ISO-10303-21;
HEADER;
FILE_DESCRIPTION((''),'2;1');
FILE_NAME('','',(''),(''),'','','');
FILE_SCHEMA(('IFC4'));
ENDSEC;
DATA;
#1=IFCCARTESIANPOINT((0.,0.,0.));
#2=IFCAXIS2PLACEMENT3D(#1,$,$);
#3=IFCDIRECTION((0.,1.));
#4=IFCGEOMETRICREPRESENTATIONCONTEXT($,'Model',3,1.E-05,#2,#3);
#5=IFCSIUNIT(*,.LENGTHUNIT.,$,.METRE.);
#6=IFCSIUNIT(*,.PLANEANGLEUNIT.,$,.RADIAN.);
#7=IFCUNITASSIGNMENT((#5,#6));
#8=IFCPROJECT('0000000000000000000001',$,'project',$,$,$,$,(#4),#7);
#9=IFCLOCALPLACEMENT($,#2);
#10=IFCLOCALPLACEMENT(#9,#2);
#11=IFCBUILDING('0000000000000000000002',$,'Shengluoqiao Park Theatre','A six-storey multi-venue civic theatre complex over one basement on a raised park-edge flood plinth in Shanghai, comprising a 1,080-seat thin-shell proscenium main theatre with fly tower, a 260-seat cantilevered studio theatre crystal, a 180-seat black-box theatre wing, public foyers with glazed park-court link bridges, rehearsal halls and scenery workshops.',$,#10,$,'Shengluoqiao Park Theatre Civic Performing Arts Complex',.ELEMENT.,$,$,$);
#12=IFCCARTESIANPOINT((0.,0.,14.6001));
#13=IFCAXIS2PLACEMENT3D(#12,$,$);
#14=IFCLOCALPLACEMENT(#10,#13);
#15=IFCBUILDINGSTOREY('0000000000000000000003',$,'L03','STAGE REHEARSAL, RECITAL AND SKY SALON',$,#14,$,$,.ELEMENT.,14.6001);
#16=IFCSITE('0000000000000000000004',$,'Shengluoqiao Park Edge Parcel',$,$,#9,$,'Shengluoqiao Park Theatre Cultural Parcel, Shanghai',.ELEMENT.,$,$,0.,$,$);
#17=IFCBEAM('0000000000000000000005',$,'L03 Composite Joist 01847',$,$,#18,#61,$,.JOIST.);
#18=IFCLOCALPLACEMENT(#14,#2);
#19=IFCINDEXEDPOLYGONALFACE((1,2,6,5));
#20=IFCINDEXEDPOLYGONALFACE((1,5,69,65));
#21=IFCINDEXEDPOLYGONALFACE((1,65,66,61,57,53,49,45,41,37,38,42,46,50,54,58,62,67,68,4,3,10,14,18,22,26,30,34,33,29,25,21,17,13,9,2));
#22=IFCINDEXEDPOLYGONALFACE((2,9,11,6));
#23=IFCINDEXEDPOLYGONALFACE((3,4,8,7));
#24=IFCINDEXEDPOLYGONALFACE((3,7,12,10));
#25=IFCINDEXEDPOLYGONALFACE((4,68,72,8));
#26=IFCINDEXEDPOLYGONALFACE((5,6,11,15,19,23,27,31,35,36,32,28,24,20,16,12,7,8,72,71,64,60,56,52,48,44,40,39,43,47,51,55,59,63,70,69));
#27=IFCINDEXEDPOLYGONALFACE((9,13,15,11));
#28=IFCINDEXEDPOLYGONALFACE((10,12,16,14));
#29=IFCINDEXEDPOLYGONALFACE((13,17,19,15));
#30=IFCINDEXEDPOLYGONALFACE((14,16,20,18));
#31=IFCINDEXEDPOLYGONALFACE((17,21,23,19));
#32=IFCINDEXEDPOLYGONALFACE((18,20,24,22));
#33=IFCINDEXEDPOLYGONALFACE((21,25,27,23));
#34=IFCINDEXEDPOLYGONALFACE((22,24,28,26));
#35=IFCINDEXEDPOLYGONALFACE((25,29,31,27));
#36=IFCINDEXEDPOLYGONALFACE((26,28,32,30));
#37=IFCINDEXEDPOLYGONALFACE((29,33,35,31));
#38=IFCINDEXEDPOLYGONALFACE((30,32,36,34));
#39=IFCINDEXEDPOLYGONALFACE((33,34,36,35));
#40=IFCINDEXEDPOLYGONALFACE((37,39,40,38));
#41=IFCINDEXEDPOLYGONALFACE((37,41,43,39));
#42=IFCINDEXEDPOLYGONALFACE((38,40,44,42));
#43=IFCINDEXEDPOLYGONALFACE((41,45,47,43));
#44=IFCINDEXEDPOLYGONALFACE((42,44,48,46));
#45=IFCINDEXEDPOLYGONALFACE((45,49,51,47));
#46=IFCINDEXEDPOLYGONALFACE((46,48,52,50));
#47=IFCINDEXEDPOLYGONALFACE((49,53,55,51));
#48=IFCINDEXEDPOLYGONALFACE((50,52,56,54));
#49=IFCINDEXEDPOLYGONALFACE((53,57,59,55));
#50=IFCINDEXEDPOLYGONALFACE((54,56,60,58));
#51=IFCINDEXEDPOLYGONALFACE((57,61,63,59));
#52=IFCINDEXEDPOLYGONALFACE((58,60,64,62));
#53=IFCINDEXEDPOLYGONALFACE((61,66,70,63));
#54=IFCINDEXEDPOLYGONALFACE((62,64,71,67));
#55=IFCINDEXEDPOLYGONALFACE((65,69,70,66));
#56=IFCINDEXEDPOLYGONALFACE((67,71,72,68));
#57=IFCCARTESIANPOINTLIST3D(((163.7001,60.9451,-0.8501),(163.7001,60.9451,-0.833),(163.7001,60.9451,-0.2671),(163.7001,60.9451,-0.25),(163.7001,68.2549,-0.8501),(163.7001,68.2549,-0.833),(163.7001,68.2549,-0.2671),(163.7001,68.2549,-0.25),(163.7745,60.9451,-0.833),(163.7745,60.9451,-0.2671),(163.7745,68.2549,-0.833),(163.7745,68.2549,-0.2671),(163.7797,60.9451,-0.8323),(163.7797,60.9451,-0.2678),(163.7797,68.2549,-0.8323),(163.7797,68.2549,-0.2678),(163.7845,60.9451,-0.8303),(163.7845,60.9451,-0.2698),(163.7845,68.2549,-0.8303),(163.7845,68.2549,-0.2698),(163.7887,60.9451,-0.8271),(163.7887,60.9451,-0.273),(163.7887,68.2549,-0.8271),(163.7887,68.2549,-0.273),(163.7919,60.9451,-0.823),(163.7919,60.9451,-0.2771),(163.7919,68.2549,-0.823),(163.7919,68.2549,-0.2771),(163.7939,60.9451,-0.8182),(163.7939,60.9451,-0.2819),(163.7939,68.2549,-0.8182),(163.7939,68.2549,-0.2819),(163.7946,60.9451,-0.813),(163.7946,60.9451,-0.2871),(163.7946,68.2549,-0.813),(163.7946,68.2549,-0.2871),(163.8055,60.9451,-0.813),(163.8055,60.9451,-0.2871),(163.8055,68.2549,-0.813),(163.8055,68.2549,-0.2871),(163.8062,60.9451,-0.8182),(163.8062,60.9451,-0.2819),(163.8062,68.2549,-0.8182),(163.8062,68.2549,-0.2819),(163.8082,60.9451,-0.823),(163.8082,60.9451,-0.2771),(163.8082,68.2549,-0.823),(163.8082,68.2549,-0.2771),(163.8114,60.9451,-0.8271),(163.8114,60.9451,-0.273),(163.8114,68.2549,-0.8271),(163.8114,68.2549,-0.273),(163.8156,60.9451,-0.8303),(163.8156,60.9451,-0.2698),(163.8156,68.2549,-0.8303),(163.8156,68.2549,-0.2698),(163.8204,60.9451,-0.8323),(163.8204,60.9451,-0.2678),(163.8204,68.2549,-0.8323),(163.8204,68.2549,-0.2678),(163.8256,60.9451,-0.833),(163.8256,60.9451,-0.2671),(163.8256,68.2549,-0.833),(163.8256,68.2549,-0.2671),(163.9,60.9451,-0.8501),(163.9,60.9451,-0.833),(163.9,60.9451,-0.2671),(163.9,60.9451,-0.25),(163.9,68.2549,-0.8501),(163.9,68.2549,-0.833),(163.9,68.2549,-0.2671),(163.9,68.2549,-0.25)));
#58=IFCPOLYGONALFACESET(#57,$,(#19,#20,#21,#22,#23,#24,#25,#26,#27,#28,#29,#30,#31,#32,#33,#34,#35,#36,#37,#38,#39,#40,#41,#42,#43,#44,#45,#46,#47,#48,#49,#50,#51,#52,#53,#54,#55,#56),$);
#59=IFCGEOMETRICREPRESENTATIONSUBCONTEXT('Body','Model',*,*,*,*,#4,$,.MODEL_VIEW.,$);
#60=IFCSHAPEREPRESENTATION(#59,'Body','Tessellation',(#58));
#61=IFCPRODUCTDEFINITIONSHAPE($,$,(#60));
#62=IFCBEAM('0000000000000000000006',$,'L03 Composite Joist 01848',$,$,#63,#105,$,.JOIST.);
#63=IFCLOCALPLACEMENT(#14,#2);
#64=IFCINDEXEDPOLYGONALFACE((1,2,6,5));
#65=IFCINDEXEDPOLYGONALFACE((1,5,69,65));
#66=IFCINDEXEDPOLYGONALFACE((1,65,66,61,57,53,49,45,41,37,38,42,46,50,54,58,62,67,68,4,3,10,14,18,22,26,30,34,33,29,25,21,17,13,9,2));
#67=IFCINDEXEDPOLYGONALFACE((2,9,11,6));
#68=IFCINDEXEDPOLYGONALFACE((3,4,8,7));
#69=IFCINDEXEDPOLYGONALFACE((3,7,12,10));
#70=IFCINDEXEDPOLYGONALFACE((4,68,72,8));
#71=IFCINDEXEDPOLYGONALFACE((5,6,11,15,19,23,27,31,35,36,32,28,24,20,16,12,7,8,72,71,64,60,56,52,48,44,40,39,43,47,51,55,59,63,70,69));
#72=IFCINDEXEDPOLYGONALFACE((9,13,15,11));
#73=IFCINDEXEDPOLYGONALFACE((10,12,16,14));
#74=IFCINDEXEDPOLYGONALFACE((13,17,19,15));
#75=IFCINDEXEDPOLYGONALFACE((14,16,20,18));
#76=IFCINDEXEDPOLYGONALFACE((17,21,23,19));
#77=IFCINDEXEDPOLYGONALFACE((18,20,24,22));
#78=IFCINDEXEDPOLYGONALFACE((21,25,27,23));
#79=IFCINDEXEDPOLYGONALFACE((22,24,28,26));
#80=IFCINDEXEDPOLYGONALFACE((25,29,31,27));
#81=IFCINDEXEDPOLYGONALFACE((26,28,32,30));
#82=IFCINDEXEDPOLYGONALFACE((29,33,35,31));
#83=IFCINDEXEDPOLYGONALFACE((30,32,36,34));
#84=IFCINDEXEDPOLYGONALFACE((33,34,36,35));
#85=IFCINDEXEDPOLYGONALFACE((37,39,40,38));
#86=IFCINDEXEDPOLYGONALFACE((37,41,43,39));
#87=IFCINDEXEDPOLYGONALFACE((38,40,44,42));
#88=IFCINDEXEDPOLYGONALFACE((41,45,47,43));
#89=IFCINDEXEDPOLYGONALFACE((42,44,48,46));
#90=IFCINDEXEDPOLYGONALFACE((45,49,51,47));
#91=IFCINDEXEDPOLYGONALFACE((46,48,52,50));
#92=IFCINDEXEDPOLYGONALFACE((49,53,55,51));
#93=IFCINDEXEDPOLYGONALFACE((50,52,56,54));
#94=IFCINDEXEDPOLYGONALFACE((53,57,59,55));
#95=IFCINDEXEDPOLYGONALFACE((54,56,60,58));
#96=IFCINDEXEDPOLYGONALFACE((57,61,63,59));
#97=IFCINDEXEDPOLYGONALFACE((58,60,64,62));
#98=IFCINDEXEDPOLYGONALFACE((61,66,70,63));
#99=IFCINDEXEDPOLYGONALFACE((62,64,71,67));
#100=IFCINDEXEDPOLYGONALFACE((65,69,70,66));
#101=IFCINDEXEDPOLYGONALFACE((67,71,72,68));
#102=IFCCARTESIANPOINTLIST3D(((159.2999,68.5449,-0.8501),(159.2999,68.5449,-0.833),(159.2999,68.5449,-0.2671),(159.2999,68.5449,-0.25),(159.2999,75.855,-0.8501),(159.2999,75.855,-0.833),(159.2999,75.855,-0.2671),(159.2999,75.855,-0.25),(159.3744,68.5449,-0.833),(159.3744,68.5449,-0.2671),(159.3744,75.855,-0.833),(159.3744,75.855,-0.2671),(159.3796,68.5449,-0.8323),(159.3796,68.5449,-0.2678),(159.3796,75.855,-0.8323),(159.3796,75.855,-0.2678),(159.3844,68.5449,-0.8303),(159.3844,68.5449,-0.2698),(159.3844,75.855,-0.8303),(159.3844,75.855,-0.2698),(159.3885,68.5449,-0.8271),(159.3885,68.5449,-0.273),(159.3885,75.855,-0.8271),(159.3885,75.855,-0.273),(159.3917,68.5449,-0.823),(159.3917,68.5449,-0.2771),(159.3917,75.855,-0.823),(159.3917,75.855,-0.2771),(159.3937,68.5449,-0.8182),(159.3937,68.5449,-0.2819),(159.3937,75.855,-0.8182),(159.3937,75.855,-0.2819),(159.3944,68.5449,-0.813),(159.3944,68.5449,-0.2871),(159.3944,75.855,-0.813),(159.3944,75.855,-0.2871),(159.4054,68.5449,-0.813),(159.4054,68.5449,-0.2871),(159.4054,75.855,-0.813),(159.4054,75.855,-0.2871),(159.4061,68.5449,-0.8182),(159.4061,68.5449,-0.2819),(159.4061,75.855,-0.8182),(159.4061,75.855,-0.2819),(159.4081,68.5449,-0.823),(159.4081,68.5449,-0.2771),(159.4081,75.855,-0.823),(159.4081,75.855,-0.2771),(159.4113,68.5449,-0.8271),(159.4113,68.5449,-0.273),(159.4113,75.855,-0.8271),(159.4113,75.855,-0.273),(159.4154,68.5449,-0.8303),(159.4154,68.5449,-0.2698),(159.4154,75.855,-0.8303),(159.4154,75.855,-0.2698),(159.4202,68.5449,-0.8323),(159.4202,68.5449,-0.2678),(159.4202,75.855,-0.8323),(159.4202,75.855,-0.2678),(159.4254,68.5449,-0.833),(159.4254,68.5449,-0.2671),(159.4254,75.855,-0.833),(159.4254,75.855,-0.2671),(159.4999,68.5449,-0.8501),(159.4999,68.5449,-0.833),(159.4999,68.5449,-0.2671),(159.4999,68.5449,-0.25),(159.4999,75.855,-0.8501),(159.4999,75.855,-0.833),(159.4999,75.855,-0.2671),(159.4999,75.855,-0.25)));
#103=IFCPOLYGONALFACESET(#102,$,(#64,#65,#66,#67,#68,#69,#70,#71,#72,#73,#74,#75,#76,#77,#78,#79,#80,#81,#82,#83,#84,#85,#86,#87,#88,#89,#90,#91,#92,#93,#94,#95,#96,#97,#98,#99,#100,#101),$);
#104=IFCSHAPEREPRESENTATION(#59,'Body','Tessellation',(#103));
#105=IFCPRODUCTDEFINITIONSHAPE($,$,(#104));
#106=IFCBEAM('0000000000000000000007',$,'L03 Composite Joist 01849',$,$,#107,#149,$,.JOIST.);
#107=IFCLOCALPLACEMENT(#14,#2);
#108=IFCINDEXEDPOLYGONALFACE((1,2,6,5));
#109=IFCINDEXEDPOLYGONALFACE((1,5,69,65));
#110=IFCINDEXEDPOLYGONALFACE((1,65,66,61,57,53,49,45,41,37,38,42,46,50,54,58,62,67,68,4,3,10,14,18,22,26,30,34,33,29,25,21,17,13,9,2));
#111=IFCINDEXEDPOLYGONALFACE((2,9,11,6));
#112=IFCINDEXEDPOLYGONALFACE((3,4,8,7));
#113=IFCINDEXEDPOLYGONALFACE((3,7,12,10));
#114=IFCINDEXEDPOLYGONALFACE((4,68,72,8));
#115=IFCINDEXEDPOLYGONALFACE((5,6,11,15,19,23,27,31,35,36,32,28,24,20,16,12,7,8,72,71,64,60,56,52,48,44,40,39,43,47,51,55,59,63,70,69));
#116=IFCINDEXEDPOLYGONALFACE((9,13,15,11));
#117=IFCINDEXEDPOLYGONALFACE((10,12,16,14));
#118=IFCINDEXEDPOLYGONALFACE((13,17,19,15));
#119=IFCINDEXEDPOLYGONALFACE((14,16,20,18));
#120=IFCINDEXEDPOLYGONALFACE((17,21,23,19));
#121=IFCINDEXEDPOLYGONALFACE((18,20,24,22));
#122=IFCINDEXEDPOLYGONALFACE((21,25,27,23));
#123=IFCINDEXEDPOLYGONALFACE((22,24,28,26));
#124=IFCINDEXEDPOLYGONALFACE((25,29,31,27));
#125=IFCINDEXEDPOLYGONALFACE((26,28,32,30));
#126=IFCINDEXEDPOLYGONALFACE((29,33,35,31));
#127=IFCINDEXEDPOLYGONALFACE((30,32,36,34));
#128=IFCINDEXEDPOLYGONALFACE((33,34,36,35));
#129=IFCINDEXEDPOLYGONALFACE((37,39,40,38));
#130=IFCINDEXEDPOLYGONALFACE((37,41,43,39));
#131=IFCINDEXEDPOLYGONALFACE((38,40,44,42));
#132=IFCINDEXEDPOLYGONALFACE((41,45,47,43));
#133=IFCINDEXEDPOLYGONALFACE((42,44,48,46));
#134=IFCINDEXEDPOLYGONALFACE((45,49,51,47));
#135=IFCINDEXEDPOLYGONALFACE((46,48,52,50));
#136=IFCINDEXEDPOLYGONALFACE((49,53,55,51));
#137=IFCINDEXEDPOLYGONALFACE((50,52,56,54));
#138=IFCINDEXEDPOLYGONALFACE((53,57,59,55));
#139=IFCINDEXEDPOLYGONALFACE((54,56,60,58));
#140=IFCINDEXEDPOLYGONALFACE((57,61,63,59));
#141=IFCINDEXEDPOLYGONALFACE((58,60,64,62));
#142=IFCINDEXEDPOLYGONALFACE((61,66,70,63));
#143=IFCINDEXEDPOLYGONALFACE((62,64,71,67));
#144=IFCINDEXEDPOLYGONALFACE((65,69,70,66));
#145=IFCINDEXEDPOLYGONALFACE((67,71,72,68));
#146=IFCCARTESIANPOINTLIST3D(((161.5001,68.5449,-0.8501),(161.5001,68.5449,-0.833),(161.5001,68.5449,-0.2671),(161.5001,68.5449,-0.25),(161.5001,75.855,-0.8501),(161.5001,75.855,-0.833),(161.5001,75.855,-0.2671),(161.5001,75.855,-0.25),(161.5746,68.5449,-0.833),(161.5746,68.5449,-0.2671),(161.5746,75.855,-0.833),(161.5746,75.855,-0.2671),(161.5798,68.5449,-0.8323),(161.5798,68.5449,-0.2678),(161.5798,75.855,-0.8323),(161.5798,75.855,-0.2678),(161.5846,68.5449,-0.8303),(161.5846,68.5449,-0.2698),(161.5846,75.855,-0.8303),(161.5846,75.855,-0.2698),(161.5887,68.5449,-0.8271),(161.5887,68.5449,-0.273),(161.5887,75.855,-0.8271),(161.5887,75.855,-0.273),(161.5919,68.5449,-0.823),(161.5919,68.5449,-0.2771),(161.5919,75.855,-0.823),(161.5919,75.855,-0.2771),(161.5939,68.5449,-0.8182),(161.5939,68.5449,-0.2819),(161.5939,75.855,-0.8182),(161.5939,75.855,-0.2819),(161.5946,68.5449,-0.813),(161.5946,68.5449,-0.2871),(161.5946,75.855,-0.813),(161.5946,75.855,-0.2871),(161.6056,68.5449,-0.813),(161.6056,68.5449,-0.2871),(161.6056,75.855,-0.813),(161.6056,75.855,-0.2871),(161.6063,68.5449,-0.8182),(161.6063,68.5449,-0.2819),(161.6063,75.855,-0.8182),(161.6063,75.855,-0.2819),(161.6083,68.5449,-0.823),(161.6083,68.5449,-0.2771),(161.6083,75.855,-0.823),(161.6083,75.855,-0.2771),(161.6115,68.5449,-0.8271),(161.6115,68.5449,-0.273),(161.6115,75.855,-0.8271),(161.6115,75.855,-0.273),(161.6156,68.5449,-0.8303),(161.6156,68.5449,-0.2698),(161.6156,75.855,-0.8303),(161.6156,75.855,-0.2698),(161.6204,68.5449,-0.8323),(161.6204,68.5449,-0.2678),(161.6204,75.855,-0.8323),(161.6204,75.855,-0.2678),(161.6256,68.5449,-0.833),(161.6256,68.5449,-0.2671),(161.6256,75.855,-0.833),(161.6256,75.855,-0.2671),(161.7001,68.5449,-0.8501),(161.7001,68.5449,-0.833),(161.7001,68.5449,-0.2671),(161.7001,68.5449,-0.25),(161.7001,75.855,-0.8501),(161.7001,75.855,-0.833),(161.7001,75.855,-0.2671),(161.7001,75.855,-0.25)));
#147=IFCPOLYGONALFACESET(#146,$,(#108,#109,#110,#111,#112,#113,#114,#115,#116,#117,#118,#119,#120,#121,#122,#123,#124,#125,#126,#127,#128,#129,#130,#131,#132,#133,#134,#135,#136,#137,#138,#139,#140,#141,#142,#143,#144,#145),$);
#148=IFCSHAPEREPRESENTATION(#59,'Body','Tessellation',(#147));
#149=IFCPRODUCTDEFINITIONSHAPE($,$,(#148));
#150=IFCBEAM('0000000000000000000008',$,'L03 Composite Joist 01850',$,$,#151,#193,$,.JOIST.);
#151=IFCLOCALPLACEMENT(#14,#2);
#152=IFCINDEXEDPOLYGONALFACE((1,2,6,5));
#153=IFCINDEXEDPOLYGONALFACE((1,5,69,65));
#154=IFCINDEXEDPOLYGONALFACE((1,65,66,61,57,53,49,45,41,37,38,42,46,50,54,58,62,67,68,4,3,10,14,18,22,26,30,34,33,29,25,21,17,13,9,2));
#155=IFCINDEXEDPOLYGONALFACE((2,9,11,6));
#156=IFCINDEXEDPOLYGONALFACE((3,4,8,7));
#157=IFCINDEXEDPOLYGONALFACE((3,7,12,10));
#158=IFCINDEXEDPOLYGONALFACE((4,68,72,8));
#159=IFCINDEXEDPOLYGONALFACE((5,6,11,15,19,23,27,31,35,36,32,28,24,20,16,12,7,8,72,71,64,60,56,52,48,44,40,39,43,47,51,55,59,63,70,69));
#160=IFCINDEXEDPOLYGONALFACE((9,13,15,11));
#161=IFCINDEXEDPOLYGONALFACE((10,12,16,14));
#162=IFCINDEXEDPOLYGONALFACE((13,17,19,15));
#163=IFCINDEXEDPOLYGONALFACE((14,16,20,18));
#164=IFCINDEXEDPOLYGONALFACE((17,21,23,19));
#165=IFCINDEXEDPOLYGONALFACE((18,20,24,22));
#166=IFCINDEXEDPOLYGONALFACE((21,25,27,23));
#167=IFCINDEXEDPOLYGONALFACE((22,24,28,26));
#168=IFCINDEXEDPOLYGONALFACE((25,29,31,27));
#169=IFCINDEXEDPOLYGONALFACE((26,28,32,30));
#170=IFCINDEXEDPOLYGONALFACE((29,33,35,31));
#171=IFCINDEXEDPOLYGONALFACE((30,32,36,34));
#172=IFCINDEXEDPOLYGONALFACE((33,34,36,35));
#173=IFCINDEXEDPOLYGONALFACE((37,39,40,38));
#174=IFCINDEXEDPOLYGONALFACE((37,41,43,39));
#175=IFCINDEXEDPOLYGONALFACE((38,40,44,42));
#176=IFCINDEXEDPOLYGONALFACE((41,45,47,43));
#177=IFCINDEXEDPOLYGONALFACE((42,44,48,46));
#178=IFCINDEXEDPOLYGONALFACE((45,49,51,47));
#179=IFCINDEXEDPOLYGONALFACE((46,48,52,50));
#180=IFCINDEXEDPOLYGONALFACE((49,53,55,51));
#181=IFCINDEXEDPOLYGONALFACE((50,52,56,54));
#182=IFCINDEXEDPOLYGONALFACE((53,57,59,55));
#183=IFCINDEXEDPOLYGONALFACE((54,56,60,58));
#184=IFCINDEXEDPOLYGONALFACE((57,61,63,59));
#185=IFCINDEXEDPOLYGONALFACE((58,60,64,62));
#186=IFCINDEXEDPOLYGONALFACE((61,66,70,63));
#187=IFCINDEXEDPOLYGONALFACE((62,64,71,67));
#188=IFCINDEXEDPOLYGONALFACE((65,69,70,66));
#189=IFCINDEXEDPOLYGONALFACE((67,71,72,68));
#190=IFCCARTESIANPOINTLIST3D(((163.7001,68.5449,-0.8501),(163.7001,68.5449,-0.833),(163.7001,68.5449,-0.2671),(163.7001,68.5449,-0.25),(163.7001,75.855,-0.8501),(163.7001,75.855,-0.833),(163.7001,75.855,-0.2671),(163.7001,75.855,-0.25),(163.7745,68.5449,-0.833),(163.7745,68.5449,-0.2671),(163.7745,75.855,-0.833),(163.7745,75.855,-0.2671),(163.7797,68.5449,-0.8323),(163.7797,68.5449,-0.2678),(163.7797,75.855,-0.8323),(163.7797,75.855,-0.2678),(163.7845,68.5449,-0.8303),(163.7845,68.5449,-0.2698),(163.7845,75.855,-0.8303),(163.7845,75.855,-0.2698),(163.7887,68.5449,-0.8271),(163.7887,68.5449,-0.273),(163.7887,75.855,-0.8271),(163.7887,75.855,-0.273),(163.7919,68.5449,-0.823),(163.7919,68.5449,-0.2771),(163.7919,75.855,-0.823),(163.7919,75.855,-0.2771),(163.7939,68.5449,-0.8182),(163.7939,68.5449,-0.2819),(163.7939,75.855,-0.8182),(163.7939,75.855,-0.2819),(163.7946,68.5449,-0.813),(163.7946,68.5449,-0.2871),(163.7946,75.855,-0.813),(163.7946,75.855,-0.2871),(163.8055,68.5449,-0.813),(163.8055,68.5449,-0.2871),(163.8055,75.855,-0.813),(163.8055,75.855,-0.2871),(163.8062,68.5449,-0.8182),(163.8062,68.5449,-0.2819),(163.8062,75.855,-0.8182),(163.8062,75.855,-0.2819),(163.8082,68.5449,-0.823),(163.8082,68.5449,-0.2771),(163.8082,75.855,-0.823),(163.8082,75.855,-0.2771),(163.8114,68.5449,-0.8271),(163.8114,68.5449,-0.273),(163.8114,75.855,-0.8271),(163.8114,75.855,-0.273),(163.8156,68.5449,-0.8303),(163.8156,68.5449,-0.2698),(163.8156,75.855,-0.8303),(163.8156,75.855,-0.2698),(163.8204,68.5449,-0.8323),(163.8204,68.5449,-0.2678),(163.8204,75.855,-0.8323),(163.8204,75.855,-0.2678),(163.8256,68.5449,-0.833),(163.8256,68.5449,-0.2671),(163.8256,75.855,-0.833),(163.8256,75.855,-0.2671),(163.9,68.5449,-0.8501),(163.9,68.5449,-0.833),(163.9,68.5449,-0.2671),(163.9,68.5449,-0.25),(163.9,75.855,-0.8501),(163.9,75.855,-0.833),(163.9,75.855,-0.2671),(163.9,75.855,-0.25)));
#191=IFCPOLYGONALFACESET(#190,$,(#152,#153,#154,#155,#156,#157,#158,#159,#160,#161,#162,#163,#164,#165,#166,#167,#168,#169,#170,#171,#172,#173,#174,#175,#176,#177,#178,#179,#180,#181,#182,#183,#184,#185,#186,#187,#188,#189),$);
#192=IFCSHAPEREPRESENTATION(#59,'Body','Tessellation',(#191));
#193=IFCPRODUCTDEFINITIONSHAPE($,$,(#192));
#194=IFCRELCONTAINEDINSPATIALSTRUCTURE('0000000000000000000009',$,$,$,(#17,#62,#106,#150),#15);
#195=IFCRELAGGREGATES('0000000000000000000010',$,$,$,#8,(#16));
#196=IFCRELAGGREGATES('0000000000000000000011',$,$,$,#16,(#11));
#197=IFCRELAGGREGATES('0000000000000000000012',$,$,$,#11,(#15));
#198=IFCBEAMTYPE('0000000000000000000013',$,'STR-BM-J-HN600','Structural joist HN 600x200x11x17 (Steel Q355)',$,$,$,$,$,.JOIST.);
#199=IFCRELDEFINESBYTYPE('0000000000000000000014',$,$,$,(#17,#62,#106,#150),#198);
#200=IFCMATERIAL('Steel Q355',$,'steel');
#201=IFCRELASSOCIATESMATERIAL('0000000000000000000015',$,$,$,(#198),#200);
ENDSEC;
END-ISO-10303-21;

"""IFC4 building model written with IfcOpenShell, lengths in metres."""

from ifc_helpers import new_model, si_unit, direction, frame, origin, origin_2d, place, context, subcontext, project, spatial, i_section, extrude, material, material_profile, profile_set, type_object, element, save


model = new_model("IFC4")

# Units and contexts
model_context = context("Model", 3, precision=1e-05, world=origin(), true_north=direction((0.0, 1.0)))
body_context = subcontext(model_context, "Body", "Model", "MODEL_VIEW")
ifc_project = project(units=[si_unit("LENGTHUNIT", "METRE"), si_unit("PLANEANGLEUNIT", "RADIAN")], contexts=[model_context])

# Site, building, storey
site_placement = place(None, origin())
site = spatial("IfcSite", under=ifc_project, at=site_placement, Name="Shengluoqiao Park Edge Parcel", LongName="Shengluoqiao Park Theatre Cultural Parcel, Shanghai", CompositionType="ELEMENT", RefElevation=0.0)
building_placement = place(site_placement, origin())
building = spatial("IfcBuilding", under=site, at=building_placement, Name="Shengluoqiao Park Theatre", Description="A six-storey multi-venue civic theatre complex over one basement on a raised park-edge flood plinth in Shanghai, comprising a 1,080-seat thin-shell proscenium main theatre with fly tower, a 260-seat cantilevered studio theatre crystal, a 180-seat black-box theatre wing, public foyers with glazed park-court link bridges, rehearsal halls and scenery workshops.", LongName="Shengluoqiao Park Theatre Civic Performing Arts Complex", CompositionType="ELEMENT")
storey_placement = place(building_placement, frame((0.0, 0.0, 14.6001)))
storey = spatial("IfcBuildingStorey", under=building, at=storey_placement, Name="L03", Description="STAGE REHEARSAL, RECITAL AND SKY SALON", CompositionType="ELEMENT", Elevation=14.6001)

# Beams
ifc_material = material(Name="Steel Q355", Category="steel")
ifc_material_profile_1 = material_profile(ifc_material, i_section(OverallWidth=0.2, OverallDepth=0.6001, WebThickness=0.011, FlangeThickness=0.0171, FilletRadius=0.02, at=origin_2d()), Name="HN 600x200x11x17")
ifc_profile_set_1 = profile_set([ifc_material_profile_1], Name="Steel Q355")
beam_type_1 = type_object("IfcBeamType", Name="STR-BM-J-HN600", Description="Structural joist HN 600x200x11x17 (Steel Q355)", PredefinedType="JOIST", material=ifc_profile_set_1)
for number, where, z_axis, x_axis, name in (
    (1, (163.8, 60.9451, -0.55), (0.0, 1.0, 0.0), (-1.0, 0.0, 0.0), "L03 Composite Joist 01847"),
):
    element("IfcBeam", number, at=place(storey_placement, frame(where, z_axis=z_axis, x_axis=x_axis)), inside=storey, type_object=beam_type_1, Name=name, PredefinedType="JOIST", context=body_context, shape_type="SweptSolid", body=[
        extrude(i_section(OverallWidth=0.2, OverallDepth=0.6001, WebThickness=0.011, FlangeThickness=0.0171, FilletRadius=0.02, at=origin_2d()), origin(), (0.0, 0.0, 1.0), 7.3098),
    ])
for number, where, z_axis, x_axis, name in (
    (2, (159.3999, 68.5449, -0.55), (0.0, 1.0, 0.0), (-1.0, 0.0, 0.0), "L03 Composite Joist 01848"),
    (3, (161.6001, 68.5449, -0.55), (0.0, 1.0, 0.0), (-1.0, 0.0, 0.0), "L03 Composite Joist 01849"),
    (4, (163.8, 68.5449, -0.55), (0.0, 1.0, 0.0), (-1.0, 0.0, 0.0), "L03 Composite Joist 01850"),
):
    element("IfcBeam", number, at=place(storey_placement, frame(where, z_axis=z_axis, x_axis=x_axis)), inside=storey, type_object=beam_type_1, Name=name, PredefinedType="JOIST", context=body_context, shape_type="SweptSolid", body=[
        extrude(i_section(OverallWidth=0.2, OverallDepth=0.6001, WebThickness=0.011, FlangeThickness=0.0171, FilletRadius=0.02, at=origin_2d()), origin(), (0.0, 0.0, 1.0), 7.3101),
    ])

save(model, "model.ifc")
